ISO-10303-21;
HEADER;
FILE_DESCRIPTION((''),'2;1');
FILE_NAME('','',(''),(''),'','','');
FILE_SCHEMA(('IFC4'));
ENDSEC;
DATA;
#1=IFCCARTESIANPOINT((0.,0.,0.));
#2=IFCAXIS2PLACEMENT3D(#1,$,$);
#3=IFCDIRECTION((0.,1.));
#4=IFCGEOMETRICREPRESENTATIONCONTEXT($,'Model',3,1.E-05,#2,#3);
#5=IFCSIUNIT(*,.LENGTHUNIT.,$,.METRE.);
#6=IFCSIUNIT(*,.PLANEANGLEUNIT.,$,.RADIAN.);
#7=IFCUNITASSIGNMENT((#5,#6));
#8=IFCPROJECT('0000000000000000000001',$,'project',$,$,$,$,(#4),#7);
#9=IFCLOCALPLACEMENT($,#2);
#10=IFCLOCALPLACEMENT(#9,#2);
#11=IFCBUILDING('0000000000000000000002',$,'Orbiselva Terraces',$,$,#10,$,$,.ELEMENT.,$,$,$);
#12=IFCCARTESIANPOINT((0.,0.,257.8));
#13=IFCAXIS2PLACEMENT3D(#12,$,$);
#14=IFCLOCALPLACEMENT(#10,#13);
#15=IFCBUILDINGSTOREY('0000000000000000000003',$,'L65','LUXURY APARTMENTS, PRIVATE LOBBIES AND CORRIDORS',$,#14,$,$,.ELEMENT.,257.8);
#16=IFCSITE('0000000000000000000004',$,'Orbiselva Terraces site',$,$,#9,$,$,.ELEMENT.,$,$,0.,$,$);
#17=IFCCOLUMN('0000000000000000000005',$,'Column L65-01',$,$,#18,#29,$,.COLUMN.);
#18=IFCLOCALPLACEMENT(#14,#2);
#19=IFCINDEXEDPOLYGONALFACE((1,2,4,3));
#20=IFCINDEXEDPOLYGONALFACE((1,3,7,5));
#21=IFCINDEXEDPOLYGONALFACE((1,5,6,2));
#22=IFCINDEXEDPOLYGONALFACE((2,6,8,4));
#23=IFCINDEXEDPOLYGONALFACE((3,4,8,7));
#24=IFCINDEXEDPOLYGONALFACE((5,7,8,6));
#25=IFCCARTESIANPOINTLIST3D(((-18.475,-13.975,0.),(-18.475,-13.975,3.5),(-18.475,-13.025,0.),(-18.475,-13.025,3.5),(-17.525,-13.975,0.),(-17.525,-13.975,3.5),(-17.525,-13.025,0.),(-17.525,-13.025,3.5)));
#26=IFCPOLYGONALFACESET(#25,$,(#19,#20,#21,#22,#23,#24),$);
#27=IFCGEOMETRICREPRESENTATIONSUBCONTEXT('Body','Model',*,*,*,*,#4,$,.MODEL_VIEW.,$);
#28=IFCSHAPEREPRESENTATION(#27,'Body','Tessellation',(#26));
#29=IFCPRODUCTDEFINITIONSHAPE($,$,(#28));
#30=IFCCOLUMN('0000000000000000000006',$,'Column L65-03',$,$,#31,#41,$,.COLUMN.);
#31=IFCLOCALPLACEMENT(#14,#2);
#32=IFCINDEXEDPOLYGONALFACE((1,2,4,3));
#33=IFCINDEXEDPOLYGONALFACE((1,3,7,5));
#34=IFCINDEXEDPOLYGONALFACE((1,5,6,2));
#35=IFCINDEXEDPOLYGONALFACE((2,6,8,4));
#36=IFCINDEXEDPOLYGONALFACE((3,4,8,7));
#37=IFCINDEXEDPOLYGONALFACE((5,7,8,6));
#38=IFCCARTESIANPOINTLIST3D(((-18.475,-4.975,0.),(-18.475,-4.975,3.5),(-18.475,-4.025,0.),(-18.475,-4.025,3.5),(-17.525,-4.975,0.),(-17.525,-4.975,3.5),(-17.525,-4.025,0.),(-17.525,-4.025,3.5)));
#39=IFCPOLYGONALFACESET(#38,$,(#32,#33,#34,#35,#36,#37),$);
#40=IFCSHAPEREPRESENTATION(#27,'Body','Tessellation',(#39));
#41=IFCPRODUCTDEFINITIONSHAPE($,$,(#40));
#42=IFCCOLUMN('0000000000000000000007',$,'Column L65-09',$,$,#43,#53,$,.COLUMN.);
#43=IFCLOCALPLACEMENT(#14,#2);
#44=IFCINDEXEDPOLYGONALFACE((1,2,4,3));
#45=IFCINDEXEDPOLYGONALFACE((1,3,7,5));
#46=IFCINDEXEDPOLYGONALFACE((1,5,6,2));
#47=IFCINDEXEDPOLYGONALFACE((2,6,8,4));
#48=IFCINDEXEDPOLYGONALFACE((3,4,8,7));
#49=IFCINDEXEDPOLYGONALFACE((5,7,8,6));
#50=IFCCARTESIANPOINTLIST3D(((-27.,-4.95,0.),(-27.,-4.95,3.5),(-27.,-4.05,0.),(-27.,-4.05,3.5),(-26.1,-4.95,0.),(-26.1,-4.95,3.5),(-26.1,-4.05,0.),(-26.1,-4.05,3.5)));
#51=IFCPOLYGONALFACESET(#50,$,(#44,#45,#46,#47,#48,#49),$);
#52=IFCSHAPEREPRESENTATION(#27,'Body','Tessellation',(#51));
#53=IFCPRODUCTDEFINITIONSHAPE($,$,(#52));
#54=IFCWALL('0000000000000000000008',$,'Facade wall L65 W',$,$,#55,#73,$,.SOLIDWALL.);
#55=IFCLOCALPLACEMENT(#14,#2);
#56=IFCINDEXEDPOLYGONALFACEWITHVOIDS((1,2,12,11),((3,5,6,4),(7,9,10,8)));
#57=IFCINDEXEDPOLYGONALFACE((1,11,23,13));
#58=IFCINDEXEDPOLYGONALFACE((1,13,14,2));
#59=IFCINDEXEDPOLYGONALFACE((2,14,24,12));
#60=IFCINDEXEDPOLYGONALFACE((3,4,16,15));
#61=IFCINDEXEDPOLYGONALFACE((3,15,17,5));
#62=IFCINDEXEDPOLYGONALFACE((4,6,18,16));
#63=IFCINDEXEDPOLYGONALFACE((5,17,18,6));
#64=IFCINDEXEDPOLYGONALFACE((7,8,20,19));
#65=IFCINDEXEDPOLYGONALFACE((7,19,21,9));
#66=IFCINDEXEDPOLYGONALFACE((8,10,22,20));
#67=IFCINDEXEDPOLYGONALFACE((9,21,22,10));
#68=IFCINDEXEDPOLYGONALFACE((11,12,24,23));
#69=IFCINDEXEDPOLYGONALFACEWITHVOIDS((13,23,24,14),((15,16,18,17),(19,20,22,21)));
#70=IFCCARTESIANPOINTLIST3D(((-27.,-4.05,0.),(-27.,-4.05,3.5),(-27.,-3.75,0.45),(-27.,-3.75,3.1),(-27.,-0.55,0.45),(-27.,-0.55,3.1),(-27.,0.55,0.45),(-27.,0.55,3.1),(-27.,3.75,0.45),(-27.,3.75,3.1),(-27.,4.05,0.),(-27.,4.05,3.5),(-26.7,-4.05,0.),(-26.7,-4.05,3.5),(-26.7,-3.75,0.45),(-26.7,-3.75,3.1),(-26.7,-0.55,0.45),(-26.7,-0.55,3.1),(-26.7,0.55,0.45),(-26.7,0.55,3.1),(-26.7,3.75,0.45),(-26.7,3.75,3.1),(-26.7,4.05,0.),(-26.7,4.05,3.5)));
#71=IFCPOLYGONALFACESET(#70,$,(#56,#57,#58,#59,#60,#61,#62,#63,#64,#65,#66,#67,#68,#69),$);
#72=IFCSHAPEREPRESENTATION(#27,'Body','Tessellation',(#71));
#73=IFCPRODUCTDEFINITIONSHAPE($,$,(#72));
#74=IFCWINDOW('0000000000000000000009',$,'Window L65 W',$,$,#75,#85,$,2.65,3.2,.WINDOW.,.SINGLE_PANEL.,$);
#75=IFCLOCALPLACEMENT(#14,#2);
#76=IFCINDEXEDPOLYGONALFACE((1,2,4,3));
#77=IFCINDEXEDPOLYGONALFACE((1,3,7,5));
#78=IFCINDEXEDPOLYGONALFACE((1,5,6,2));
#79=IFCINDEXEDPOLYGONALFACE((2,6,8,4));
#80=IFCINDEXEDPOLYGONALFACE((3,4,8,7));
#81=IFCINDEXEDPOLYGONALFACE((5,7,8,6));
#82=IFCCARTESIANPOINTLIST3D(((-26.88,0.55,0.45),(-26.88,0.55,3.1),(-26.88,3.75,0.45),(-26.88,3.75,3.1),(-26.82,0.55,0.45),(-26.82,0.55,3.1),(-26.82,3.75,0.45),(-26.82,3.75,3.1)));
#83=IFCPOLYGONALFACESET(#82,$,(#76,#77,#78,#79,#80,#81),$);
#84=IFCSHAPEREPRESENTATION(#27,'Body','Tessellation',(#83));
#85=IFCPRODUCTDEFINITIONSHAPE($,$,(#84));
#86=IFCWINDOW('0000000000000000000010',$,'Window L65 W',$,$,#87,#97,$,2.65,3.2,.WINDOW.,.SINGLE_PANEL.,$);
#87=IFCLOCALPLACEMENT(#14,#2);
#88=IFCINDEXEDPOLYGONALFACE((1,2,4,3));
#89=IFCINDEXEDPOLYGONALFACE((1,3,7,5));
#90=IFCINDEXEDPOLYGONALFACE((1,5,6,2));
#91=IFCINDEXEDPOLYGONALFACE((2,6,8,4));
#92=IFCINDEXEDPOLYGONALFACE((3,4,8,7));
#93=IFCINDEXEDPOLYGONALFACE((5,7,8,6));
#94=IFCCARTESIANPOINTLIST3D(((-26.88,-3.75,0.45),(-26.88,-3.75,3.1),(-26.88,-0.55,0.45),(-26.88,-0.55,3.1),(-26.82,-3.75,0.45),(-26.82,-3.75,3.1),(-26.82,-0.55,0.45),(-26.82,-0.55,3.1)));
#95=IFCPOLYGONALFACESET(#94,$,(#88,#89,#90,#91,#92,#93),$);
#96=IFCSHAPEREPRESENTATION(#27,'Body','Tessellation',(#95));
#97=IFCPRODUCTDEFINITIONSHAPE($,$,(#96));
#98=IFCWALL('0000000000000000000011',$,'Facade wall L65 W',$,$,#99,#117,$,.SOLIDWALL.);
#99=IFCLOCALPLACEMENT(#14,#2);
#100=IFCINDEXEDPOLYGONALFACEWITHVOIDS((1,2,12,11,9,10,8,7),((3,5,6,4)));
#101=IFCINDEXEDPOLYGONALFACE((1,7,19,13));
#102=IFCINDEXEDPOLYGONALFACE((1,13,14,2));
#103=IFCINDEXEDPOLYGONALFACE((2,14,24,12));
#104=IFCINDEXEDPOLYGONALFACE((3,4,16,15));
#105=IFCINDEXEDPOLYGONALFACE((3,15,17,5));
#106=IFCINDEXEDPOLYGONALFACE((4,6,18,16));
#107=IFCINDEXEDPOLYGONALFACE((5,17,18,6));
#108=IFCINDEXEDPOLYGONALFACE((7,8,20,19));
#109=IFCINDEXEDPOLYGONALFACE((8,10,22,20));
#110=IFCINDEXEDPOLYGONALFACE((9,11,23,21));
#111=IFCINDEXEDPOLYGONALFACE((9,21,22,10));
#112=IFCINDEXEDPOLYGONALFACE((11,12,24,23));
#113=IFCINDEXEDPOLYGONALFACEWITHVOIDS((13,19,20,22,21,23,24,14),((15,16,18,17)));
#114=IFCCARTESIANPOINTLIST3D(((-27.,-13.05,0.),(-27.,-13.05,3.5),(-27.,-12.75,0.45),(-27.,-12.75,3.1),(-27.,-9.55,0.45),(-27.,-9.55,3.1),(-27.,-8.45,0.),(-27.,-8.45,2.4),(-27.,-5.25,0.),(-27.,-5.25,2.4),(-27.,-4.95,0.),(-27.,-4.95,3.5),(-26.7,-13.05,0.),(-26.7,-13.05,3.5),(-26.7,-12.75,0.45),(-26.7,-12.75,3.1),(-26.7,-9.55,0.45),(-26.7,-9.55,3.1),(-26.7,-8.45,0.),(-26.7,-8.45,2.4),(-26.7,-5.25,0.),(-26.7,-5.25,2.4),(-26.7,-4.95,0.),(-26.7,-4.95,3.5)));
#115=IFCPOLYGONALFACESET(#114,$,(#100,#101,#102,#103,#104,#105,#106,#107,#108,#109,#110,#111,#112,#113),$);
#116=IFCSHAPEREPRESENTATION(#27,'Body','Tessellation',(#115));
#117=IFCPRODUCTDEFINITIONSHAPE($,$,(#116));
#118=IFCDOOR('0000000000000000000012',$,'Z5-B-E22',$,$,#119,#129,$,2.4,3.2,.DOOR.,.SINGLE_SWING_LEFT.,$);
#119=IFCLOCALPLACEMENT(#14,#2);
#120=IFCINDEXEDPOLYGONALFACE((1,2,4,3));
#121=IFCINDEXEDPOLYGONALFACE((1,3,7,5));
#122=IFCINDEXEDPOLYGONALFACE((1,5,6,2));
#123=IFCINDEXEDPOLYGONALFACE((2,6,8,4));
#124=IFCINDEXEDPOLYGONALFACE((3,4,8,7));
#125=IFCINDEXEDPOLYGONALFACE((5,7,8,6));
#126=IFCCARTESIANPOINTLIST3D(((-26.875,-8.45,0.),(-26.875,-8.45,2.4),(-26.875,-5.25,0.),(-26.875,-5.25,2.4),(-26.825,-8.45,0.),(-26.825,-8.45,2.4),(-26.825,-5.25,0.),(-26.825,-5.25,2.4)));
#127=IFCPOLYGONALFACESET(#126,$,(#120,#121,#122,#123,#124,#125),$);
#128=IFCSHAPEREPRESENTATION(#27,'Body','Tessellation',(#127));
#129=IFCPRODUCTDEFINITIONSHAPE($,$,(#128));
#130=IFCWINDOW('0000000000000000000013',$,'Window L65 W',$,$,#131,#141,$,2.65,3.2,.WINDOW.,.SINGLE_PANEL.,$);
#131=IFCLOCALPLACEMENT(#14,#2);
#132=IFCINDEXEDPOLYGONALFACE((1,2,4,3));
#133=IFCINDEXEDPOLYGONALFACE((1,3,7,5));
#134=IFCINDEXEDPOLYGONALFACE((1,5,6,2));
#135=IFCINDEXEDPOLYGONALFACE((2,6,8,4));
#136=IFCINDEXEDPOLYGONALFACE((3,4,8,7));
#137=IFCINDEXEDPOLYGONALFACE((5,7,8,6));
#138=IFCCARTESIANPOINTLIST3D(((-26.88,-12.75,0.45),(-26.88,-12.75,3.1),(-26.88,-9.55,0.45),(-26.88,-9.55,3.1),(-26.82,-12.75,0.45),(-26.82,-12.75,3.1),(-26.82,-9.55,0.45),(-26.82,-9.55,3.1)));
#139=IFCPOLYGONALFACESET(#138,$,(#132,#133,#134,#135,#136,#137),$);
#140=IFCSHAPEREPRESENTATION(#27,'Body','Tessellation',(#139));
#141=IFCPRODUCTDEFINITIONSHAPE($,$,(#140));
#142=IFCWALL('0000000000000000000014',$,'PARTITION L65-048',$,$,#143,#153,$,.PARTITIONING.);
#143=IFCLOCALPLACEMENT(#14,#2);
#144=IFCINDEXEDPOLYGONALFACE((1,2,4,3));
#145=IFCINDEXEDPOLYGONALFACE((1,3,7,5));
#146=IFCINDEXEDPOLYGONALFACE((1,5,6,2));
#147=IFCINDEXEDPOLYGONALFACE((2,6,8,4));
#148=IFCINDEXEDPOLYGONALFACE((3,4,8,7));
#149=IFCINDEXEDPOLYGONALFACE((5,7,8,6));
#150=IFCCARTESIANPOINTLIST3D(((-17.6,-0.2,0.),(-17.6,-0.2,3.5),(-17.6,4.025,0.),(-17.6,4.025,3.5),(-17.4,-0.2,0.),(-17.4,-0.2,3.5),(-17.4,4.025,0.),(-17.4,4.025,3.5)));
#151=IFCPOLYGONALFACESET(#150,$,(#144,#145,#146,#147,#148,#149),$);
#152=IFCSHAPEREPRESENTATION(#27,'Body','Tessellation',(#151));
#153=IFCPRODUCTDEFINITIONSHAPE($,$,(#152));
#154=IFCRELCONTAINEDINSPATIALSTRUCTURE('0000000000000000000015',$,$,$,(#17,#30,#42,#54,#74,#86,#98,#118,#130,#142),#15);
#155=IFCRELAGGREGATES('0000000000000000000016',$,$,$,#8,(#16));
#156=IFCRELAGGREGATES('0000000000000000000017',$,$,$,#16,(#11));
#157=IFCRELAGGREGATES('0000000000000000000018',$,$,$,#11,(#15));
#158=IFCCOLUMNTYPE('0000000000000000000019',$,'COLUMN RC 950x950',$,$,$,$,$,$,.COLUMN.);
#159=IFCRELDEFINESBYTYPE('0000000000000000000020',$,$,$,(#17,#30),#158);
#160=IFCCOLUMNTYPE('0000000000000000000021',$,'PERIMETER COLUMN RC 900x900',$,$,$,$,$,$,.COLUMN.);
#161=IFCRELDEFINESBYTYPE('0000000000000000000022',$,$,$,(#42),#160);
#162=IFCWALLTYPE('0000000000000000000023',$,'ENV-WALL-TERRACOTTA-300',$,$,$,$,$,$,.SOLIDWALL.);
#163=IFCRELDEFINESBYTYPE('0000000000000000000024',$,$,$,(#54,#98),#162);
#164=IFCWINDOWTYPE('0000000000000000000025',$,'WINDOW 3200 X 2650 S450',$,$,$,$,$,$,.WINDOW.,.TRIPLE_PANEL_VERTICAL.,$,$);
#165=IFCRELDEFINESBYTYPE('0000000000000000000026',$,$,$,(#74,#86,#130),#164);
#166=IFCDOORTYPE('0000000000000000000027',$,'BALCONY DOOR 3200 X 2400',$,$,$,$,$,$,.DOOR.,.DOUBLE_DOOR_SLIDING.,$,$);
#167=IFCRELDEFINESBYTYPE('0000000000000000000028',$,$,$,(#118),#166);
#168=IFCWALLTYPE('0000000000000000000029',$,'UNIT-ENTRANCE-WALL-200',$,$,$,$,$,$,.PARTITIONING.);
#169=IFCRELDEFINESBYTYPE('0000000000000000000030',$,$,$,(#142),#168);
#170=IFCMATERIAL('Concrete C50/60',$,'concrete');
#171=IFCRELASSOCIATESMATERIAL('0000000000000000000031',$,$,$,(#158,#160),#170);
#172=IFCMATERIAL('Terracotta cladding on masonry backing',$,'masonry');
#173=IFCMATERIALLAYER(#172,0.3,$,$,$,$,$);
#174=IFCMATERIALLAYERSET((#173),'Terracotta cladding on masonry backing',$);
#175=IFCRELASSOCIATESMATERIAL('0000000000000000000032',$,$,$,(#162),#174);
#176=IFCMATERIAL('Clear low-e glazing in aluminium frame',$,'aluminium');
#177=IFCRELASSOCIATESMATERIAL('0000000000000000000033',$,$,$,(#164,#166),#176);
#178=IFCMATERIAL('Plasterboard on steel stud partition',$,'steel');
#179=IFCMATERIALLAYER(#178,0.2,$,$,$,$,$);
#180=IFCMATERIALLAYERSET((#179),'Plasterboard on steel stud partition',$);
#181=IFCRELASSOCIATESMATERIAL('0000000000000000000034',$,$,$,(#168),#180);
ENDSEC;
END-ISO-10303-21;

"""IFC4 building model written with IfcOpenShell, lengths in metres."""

from ifc_helpers import new_model, si_unit, direction, frame, frame_2d, origin, origin_2d, place, context, subcontext, project, spatial, rectangle, extrude, material, layer, layer_set, material_profile, profile_set, type_object, element, fill, save


model = new_model("IFC4")

# Units and contexts
model_context = context("Model", 3, precision=1e-05, world=origin(), true_north=direction((0.0, 1.0)))
body_context = subcontext(model_context, "Body", "Model", "MODEL_VIEW")
ifc_project = project(units=[si_unit("LENGTHUNIT", "METRE"), si_unit("PLANEANGLEUNIT", "RADIAN")], contexts=[model_context])

# Site, building, storey
site_placement = place(None, origin())
site = spatial("IfcSite", under=ifc_project, at=site_placement, Name="Orbiselva Terraces site", CompositionType="ELEMENT", RefElevation=0.0)
building_placement = place(site_placement, origin())
building = spatial("IfcBuilding", under=site, at=building_placement, Name="Orbiselva Terraces", CompositionType="ELEMENT")
storey_placement = place(building_placement, frame((0.0, 0.0, 257.8)))
storey = spatial("IfcBuildingStorey", under=building, at=storey_placement, Name="L65", Description="LUXURY APARTMENTS, PRIVATE LOBBIES AND CORRIDORS", CompositionType="ELEMENT", Elevation=257.8)

# Columns
ifc_material_1 = material(Name="Concrete C50/60", Category="concrete")
ifc_material_profile_1 = material_profile(ifc_material_1, rectangle(XDim=0.95, YDim=0.95, at=origin_2d()), Name="RC 950x950")
ifc_profile_set_1 = profile_set([ifc_material_profile_1], Name="Concrete C50/60")
column_type_1 = type_object("IfcColumnType", Name="COLUMN RC 950x950", PredefinedType="COLUMN", material=ifc_profile_set_1)
for number, where, z_axis, x_axis, name in (
    (1, (-18.0, -13.5, 0.0), (0.0, 0.0, 1.0), (1.0, 0.0, 0.0), "Column L65-01"),
    (2, (-18.0, -4.5, 0.0), (0.0, 0.0, 1.0), (1.0, 0.0, 0.0), "Column L65-03"),
):
    element("IfcColumn", number, at=place(storey_placement, frame(where, z_axis=z_axis, x_axis=x_axis)), inside=storey, type_object=column_type_1, Name=name, PredefinedType="COLUMN", context=body_context, shape_type="SweptSolid", body=[
        extrude(rectangle(XDim=0.95, YDim=0.95, at=origin_2d()), origin(), (0.0, 0.0, 1.0), 3.5),
    ])
ifc_material_profile_2 = material_profile(ifc_material_1, rectangle(XDim=0.9, YDim=0.9, at=origin_2d()), Name="RC 900x900")
ifc_profile_set_2 = profile_set([ifc_material_profile_2], Name="Concrete C50/60")
column_type_2 = type_object("IfcColumnType", Name="PERIMETER COLUMN RC 900x900", PredefinedType="COLUMN", material=ifc_profile_set_2)
column_placement = place(storey_placement, frame((-26.55, -4.5, 0.0), z_axis=(0.0, 0.0, 1.0), x_axis=(1.0, 0.0, 0.0)))
element("IfcColumn", 3, at=column_placement, inside=storey, type_object=column_type_2, Name="Column L65-09", PredefinedType="COLUMN", context=body_context, shape_type="SweptSolid", body=[
    extrude(rectangle(XDim=0.9, YDim=0.9, at=origin_2d()), origin(), (0.0, 0.0, 1.0), 3.5),
])

# Wall, openings, windows
ifc_material_2 = material(Name="Terracotta cladding on masonry backing", Category="masonry")
ifc_layer_1 = layer(ifc_material_2, 0.3)
ifc_layer_set_1 = layer_set([ifc_layer_1], Name="Terracotta cladding on masonry backing")
wall_type_1 = type_object("IfcWallType", Name="ENV-WALL-TERRACOTTA-300", PredefinedType="SOLIDWALL", material=ifc_layer_set_1)
wall_1_placement = place(storey_placement, frame((-26.85, -4.05, 0.0), z_axis=(0.0, 0.0, 1.0), x_axis=(0.0, 1.0, 0.0)))
wall_1 = element("IfcWall", 4, at=wall_1_placement, inside=storey, type_object=wall_type_1, Name="Facade wall L65 W", PredefinedType="SOLIDWALL", context=body_context, shape_type="SweptSolid", body=[
    extrude(rectangle(XDim=8.1, YDim=0.3, at=frame_2d((4.05, 0.0))), origin(), (0.0, 0.0, 1.0), 3.5),
])
opening_1_placement = place(wall_1_placement, frame((4.6, 0.0, 0.45)))
opening_1 = element("IfcOpeningElement", 5, at=opening_1_placement, cuts=wall_1, PredefinedType="OPENING", context=body_context, shape_type="SweptSolid", body=[
    extrude(rectangle(XDim=3.2, YDim=2.65, at=frame_2d((1.6, 1.325))), frame((0.0, 0.16, 0.0), z_axis=(0.0, -1.0, 0.0), x_axis=(1.0, 0.0, 0.0)), (0.0, 0.0, 1.0), 0.32),
])
opening_2_placement = place(wall_1_placement, frame((0.3, 0.0, 0.45)))
opening_2 = element("IfcOpeningElement", 6, at=opening_2_placement, cuts=wall_1, PredefinedType="OPENING", context=body_context, shape_type="SweptSolid", body=[
    extrude(rectangle(XDim=3.2, YDim=2.65, at=frame_2d((1.6, 1.325))), frame((0.0, 0.16, 0.0), z_axis=(0.0, -1.0, 0.0), x_axis=(1.0, 0.0, 0.0)), (0.0, 0.0, 1.0), 0.32),
])
ifc_material_3 = material(Name="Clear low-e glazing in aluminium frame", Category="aluminium")
window_type = type_object("IfcWindowType", Name="WINDOW 3200 X 2650 S450", PartitioningType="TRIPLE_PANEL_VERTICAL", PredefinedType="WINDOW", material=ifc_material_3)
window_1_placement = place(opening_1_placement, origin())
window_1 = element("IfcWindow", 7, at=window_1_placement, inside=storey, type_object=window_type, Name="Window L65 W", OverallHeight=2.65, OverallWidth=3.2, PartitioningType="SINGLE_PANEL", PredefinedType="WINDOW", context=body_context, shape_type="SweptSolid", body=[
    extrude(rectangle(XDim=3.2, YDim=2.65, at=frame_2d((1.6, 1.325))), frame((0.0, 0.03, 0.0), z_axis=(0.0, -1.0, 0.0), x_axis=(1.0, 0.0, 0.0)), (0.0, 0.0, 1.0), 0.06),
])
fill(opening_1, window_1)
window_2_placement = place(opening_2_placement, origin())
window_2 = element("IfcWindow", 8, at=window_2_placement, inside=storey, type_object=window_type, Name="Window L65 W", OverallHeight=2.65, OverallWidth=3.2, PartitioningType="SINGLE_PANEL", PredefinedType="WINDOW", context=body_context, shape_type="SweptSolid", body=[
    extrude(rectangle(XDim=3.2, YDim=2.65, at=frame_2d((1.6, 1.325))), frame((0.0, 0.03, 0.0), z_axis=(0.0, -1.0, 0.0), x_axis=(1.0, 0.0, 0.0)), (0.0, 0.0, 1.0), 0.06),
])
fill(opening_2, window_2)

# Wall, openings, door, window
wall_2_placement = place(storey_placement, frame((-26.85, -13.05, 0.0), z_axis=(0.0, 0.0, 1.0), x_axis=(0.0, 1.0, 0.0)))
wall_2 = element("IfcWall", 9, at=wall_2_placement, inside=storey, type_object=wall_type_1, Name="Facade wall L65 W", PredefinedType="SOLIDWALL", context=body_context, shape_type="SweptSolid", body=[
    extrude(rectangle(XDim=8.1, YDim=0.3, at=frame_2d((4.05, 0.0))), origin(), (0.0, 0.0, 1.0), 3.5),
])
opening_3_placement = place(wall_2_placement, frame((4.6, 0.0, 0.0)))
opening_3 = element("IfcOpeningElement", 10, at=opening_3_placement, cuts=wall_2, PredefinedType="OPENING", context=body_context, shape_type="SweptSolid", body=[
    extrude(rectangle(XDim=3.2, YDim=2.4, at=frame_2d((1.6, 1.2))), frame((0.0, 0.16, 0.0), z_axis=(0.0, -1.0, 0.0), x_axis=(1.0, 0.0, 0.0)), (0.0, 0.0, 1.0), 0.32),
])
opening_4_placement = place(wall_2_placement, frame((0.3, 0.0, 0.45)))
opening_4 = element("IfcOpeningElement", 11, at=opening_4_placement, cuts=wall_2, PredefinedType="OPENING", context=body_context, shape_type="SweptSolid", body=[
    extrude(rectangle(XDim=3.2, YDim=2.65, at=frame_2d((1.6, 1.325))), frame((0.0, 0.16, 0.0), z_axis=(0.0, -1.0, 0.0), x_axis=(1.0, 0.0, 0.0)), (0.0, 0.0, 1.0), 0.32),
])
door_type_1 = type_object("IfcDoorType", Name="BALCONY DOOR 3200 X 2400", OperationType="DOUBLE_DOOR_SLIDING", PredefinedType="DOOR", material=ifc_material_3)
door_1_placement = place(opening_3_placement, origin())
door_1 = element("IfcDoor", 12, at=door_1_placement, inside=storey, type_object=door_type_1, Name="Z5-B-E22", OperationType="SINGLE_SWING_LEFT", OverallHeight=2.4, OverallWidth=3.2, PredefinedType="DOOR", context=body_context, shape_type="SweptSolid", body=[
    extrude(rectangle(XDim=3.2, YDim=2.4, at=frame_2d((1.6, 1.2))), frame((0.0, 0.025, 0.0), z_axis=(0.0, -1.0, 0.0), x_axis=(1.0, 0.0, 0.0)), (0.0, 0.0, 1.0), 0.05),
])
fill(opening_3, door_1)
window_3_placement = place(opening_4_placement, origin())
window_3 = element("IfcWindow", 13, at=window_3_placement, inside=storey, type_object=window_type, Name="Window L65 W", OverallHeight=2.65, OverallWidth=3.2, PartitioningType="SINGLE_PANEL", PredefinedType="WINDOW", context=body_context, shape_type="SweptSolid", body=[
    extrude(rectangle(XDim=3.2, YDim=2.65, at=frame_2d((1.6, 1.325))), frame((0.0, 0.03, 0.0), z_axis=(0.0, -1.0, 0.0), x_axis=(1.0, 0.0, 0.0)), (0.0, 0.0, 1.0), 0.06),
])
fill(opening_4, window_3)

# Wall
ifc_material_4 = material(Name="Plasterboard on steel stud partition", Category="steel")
ifc_layer_2 = layer(ifc_material_4, 0.2)
ifc_layer_set_2 = layer_set([ifc_layer_2], Name="Plasterboard on steel stud partition")
wall_type_2 = type_object("IfcWallType", Name="UNIT-ENTRANCE-WALL-200", PredefinedType="PARTITIONING", material=ifc_layer_set_2)
wall_3_placement = place(storey_placement, frame((-17.5, -0.2, 0.0), z_axis=(0.0, 0.0, 1.0), x_axis=(0.0, 1.0, 0.0)))
element("IfcWall", 14, at=wall_3_placement, inside=storey, type_object=wall_type_2, Name="PARTITION L65-048", PredefinedType="PARTITIONING", context=body_context, shape_type="SweptSolid", body=[
    extrude(rectangle(XDim=4.225, YDim=0.2, at=frame_2d((2.1125, 0.0))), origin(), (0.0, 0.0, 1.0), 3.5),
])

save(model, "model.ifc")
